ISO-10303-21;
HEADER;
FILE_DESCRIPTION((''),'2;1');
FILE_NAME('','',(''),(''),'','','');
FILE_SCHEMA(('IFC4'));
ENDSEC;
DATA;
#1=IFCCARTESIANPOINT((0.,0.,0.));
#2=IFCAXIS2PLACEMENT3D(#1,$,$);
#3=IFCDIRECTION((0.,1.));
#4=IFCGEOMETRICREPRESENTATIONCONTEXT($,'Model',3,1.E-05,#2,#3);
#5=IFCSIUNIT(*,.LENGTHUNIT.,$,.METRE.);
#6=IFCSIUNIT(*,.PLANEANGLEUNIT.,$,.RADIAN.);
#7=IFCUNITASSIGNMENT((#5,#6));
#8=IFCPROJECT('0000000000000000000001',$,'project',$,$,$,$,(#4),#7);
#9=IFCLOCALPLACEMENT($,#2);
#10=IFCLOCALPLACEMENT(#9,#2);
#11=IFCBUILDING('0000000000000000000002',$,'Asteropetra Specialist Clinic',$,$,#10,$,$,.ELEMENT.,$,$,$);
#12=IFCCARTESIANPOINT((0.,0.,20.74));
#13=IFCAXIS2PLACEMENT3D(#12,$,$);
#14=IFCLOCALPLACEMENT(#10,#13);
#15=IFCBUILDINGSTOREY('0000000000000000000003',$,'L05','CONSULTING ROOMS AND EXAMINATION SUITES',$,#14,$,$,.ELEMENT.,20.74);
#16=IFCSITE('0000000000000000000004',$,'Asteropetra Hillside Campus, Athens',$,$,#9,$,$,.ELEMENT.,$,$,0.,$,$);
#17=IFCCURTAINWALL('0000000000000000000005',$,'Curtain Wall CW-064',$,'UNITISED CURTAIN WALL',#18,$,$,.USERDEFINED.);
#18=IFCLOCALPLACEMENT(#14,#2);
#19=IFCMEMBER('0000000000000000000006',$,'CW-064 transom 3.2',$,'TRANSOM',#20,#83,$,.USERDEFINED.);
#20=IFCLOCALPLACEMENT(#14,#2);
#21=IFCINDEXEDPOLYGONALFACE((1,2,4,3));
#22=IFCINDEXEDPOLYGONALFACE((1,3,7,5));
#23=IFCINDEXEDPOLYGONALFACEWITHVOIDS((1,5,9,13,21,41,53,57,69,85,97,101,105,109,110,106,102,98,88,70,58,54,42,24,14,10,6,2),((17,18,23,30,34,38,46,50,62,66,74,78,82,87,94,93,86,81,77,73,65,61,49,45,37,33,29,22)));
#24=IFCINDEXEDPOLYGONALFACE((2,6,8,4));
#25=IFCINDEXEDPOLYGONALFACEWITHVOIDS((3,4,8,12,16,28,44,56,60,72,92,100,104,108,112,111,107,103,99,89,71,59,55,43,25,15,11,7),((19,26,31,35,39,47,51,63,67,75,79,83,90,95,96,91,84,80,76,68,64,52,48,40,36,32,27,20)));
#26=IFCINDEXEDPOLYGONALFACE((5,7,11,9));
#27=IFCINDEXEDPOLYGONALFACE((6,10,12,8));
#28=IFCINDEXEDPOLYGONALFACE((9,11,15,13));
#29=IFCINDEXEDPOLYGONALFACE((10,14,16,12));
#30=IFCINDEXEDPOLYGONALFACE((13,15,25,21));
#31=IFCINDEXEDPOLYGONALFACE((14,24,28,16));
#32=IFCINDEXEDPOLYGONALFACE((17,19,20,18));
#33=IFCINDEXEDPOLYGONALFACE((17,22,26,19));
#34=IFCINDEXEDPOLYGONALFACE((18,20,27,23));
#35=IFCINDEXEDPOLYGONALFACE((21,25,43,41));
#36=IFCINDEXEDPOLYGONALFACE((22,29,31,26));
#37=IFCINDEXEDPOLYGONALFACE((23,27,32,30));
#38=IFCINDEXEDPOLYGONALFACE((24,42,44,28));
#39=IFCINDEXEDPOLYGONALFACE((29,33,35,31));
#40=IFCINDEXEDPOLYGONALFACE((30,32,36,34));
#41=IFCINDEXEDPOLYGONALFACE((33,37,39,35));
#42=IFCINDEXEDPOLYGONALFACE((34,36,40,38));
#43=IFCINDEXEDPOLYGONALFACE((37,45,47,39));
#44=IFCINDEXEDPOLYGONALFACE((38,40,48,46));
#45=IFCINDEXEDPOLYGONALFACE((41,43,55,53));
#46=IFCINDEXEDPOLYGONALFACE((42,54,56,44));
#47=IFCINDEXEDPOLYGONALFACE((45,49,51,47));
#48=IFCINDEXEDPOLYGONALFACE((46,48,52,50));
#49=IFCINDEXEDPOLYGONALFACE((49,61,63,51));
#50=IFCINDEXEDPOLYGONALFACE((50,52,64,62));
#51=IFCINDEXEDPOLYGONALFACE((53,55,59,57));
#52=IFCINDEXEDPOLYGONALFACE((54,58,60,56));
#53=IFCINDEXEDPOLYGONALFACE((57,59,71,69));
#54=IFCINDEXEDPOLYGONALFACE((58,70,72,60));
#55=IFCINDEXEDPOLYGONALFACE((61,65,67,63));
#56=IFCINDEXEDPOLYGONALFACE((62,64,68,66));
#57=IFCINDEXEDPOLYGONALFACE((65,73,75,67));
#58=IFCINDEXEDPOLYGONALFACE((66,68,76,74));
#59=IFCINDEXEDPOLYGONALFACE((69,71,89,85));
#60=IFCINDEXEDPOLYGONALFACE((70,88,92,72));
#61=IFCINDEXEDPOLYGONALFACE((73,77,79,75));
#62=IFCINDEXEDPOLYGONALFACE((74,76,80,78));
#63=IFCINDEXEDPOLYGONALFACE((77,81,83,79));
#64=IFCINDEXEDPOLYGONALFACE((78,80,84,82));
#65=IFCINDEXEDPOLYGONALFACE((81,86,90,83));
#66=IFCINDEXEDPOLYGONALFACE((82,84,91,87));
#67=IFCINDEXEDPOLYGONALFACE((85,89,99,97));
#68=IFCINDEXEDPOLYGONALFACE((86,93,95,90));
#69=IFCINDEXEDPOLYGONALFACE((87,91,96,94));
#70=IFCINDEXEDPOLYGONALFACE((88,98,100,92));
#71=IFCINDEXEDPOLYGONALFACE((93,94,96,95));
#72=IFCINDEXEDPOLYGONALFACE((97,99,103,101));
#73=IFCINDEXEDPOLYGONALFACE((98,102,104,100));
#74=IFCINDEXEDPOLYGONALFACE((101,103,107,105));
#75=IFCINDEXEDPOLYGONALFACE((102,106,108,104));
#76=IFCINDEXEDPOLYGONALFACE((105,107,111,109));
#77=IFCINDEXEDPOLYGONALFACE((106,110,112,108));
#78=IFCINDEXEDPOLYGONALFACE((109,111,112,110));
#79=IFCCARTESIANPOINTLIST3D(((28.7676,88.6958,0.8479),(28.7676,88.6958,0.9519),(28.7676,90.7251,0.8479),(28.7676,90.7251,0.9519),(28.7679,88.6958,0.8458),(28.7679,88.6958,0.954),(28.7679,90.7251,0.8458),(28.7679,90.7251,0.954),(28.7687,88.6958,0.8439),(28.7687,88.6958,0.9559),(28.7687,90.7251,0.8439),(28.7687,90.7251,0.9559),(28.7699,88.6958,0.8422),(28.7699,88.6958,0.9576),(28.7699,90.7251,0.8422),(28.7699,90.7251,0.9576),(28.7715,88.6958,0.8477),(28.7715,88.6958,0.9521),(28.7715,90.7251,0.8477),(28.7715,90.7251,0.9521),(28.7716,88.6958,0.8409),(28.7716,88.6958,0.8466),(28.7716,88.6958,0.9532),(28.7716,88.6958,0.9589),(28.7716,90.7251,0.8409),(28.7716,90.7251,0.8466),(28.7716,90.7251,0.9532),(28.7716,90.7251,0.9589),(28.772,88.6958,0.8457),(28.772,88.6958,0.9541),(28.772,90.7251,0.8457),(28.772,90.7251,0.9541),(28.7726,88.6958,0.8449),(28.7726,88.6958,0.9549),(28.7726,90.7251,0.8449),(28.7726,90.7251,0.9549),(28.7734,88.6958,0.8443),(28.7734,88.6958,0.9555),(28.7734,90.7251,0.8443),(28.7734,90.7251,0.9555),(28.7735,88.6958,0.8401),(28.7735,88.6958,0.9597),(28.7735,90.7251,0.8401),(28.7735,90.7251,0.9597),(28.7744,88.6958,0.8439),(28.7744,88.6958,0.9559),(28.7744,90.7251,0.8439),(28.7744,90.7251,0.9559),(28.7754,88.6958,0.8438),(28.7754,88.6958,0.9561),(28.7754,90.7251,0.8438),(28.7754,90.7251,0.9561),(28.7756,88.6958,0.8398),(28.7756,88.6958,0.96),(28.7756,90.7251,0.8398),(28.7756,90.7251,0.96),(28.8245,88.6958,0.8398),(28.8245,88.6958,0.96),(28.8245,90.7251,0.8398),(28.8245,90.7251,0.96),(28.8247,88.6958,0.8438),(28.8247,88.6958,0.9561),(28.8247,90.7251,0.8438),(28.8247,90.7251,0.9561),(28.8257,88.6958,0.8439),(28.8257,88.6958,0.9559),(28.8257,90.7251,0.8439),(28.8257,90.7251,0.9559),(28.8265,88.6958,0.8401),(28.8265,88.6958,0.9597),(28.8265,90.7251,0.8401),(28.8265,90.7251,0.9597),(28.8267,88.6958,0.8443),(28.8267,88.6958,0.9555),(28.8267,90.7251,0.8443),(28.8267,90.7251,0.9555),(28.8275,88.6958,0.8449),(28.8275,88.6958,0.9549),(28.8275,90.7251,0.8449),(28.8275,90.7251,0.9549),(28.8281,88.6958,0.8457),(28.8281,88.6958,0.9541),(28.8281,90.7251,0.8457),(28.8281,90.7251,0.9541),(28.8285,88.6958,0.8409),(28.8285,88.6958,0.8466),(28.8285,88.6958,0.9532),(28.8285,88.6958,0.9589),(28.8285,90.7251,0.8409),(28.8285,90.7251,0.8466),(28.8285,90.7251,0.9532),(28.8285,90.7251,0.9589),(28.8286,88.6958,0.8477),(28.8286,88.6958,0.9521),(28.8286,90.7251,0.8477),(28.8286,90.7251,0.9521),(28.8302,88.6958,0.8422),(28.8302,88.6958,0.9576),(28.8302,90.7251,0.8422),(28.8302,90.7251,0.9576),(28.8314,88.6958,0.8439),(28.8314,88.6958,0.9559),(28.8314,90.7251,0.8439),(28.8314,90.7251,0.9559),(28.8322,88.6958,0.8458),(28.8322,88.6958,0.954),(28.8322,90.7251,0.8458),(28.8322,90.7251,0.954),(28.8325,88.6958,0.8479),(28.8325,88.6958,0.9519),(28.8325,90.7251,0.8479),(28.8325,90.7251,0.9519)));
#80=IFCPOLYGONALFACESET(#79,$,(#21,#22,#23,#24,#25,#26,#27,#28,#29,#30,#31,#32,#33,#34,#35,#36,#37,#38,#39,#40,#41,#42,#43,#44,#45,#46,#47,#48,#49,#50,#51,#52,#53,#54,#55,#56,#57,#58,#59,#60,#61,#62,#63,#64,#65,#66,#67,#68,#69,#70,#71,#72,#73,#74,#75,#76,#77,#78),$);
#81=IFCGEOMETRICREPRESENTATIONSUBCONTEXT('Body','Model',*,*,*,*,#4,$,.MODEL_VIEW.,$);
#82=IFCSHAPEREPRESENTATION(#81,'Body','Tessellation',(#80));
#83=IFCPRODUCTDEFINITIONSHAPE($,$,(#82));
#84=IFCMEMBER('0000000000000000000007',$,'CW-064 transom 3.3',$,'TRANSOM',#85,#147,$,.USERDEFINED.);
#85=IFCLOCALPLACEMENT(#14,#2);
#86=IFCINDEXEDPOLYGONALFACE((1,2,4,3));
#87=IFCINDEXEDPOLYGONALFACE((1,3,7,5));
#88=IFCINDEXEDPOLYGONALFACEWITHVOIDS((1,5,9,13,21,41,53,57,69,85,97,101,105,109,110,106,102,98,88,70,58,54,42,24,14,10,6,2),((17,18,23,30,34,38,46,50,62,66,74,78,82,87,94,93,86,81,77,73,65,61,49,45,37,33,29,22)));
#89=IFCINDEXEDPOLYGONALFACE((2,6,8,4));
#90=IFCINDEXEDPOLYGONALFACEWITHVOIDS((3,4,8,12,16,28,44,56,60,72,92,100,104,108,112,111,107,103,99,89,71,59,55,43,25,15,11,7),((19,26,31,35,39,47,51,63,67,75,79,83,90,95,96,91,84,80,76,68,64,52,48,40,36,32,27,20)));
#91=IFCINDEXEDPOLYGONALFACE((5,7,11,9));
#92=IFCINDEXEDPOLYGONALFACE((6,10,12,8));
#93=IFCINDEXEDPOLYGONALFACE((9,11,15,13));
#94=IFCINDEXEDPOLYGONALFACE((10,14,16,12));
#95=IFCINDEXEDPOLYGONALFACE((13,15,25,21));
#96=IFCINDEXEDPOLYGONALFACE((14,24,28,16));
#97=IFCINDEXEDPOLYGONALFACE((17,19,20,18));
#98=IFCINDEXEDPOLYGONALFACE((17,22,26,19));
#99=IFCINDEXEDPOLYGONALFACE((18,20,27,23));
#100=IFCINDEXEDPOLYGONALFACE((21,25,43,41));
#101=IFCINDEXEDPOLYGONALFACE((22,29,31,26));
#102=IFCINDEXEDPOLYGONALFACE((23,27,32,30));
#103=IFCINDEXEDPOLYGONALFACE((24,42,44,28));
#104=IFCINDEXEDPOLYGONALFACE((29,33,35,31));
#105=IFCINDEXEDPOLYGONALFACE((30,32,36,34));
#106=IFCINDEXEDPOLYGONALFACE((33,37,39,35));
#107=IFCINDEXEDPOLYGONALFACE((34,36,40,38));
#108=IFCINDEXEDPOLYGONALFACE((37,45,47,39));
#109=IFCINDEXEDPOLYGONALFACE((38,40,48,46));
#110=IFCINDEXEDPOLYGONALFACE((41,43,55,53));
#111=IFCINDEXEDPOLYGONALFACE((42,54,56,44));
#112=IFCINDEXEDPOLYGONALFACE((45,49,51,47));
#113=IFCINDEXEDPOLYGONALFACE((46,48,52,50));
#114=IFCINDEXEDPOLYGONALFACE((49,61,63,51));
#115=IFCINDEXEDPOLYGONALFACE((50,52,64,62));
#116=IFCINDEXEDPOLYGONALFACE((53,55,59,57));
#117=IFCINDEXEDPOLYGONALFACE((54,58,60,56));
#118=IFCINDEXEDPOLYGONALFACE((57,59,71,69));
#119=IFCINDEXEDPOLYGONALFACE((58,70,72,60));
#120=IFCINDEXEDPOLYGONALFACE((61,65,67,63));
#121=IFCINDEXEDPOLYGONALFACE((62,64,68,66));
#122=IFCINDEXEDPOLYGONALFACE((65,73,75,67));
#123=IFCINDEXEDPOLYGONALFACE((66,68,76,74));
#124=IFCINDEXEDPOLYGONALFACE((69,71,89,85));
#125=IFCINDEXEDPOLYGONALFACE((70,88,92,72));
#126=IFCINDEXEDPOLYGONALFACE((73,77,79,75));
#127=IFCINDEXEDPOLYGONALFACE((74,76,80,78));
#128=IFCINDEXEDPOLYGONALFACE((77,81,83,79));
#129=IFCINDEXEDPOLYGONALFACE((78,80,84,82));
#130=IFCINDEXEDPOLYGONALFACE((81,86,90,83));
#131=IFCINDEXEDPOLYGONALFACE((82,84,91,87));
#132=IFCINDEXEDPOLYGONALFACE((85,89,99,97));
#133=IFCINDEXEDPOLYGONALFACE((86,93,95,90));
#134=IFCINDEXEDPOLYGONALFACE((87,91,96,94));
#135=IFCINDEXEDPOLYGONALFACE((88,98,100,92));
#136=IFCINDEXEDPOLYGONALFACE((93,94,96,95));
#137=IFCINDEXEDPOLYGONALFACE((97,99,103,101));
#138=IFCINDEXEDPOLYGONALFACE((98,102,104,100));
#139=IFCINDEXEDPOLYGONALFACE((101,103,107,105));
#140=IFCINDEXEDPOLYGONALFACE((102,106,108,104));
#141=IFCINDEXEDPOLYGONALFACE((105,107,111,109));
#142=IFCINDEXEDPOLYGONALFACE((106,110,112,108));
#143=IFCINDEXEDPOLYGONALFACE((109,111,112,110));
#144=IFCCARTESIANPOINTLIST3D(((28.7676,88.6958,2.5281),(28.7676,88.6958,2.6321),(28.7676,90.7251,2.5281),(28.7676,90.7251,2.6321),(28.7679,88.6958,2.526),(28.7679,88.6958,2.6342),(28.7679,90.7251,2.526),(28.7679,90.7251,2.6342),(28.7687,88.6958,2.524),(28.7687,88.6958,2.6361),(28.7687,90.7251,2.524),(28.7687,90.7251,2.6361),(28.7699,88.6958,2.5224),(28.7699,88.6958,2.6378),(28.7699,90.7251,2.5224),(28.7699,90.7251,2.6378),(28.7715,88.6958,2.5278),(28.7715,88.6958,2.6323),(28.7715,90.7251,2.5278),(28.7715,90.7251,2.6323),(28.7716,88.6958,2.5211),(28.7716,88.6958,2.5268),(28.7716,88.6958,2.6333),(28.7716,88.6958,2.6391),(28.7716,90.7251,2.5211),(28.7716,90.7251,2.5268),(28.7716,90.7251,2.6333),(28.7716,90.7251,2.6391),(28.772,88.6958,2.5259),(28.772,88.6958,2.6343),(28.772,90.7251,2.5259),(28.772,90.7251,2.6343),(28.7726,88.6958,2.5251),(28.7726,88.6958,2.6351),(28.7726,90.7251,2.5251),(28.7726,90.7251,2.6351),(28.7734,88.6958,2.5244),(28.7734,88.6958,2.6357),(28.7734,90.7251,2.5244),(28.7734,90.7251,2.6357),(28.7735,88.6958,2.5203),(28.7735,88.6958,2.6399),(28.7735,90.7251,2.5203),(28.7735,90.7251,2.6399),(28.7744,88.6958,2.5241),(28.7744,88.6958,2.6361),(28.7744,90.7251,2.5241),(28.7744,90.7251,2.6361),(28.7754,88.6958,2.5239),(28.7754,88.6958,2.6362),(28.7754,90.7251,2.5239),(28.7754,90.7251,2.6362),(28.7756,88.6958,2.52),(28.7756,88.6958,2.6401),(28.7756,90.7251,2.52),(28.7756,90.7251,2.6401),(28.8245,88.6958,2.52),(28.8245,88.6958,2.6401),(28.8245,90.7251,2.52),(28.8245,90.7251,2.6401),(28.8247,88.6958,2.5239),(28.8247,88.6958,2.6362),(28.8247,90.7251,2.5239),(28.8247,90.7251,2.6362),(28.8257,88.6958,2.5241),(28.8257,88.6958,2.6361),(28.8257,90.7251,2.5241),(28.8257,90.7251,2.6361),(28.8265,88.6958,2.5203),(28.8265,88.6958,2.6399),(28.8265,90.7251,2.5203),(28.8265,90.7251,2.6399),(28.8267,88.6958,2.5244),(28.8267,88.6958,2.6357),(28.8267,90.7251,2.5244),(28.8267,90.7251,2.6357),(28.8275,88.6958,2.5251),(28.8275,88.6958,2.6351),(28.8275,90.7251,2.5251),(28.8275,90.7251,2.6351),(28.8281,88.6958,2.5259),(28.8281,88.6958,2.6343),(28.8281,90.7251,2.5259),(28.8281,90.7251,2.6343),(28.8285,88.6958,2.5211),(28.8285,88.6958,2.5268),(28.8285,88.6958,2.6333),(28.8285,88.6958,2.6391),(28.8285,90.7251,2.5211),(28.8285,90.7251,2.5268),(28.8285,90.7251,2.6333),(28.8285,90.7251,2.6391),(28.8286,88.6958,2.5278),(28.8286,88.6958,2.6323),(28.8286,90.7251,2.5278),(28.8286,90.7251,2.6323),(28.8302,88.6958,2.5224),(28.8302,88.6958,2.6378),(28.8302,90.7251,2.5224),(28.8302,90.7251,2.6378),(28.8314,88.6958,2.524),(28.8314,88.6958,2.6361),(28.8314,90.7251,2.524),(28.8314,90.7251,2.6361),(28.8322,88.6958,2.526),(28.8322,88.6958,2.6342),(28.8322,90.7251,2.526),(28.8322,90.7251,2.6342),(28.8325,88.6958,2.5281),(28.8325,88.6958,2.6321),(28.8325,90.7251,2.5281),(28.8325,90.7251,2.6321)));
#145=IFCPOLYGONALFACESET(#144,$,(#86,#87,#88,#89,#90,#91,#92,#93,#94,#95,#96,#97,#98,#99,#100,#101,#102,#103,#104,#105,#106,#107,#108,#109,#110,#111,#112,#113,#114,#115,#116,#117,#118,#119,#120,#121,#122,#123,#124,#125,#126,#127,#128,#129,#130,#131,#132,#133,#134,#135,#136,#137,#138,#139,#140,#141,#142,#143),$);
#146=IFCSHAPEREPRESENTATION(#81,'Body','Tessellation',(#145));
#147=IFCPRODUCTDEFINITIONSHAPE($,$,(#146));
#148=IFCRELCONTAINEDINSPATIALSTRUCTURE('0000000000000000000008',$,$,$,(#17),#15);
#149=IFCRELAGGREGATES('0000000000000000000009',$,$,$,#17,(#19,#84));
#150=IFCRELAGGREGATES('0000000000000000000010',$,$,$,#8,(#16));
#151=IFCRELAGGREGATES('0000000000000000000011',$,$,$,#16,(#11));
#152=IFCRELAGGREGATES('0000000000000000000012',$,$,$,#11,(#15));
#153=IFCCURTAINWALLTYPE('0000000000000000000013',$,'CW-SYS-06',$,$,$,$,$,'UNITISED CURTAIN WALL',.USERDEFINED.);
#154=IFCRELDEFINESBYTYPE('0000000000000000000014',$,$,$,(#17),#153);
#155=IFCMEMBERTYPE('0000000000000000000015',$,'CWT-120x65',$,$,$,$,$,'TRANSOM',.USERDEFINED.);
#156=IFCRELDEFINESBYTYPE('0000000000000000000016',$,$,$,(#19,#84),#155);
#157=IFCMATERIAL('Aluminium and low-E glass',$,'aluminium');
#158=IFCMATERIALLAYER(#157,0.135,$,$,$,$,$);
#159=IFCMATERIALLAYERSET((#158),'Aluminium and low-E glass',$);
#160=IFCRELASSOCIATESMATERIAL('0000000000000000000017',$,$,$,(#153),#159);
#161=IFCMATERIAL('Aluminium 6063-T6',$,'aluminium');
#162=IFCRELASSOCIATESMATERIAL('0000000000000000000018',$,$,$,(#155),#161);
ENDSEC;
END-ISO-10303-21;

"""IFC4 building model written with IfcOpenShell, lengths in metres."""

from ifc_helpers import new_model, si_unit, direction, frame, origin, origin_2d, place, context, subcontext, project, spatial, hollow_rectangle, extrude, material, layer, layer_set, material_profile, profile_set, type_object, element, aggregate, save


model = new_model("IFC4")

# Units and contexts
model_context = context("Model", 3, precision=1e-05, world=origin(), true_north=direction((0.0, 1.0)))
body_context = subcontext(model_context, "Body", "Model", "MODEL_VIEW")
ifc_project = project(units=[si_unit("LENGTHUNIT", "METRE"), si_unit("PLANEANGLEUNIT", "RADIAN")], contexts=[model_context])

# Site, building, storey
site_placement = place(None, origin())
site = spatial("IfcSite", under=ifc_project, at=site_placement, Name="Asteropetra Hillside Campus, Athens", CompositionType="ELEMENT", RefElevation=0.0)
building_placement = place(site_placement, origin())
building = spatial("IfcBuilding", under=site, at=building_placement, Name="Asteropetra Specialist Clinic", CompositionType="ELEMENT")
storey_placement = place(building_placement, frame((0.0, 0.0, 20.74)))
storey = spatial("IfcBuildingStorey", under=building, at=storey_placement, Name="L05", Description="CONSULTING ROOMS AND EXAMINATION SUITES", CompositionType="ELEMENT", Elevation=20.74)

# Curtain wall, members
ifc_material_1 = material(Name="Aluminium and low-E glass", Category="aluminium")
ifc_layer_1 = layer(ifc_material_1, 0.135)
ifc_layer_set_1 = layer_set([ifc_layer_1], Name="Aluminium and low-E glass")
curtain_wall_type = type_object("IfcCurtainWallType", Name="CW-SYS-06", ElementType="UNITISED CURTAIN WALL", PredefinedType="USERDEFINED", material=ifc_layer_set_1)
curtain_wall_placement = place(storey_placement, origin())
curtain_wall = element("IfcCurtainWall", 1, at=curtain_wall_placement, inside=storey, type_object=curtain_wall_type, Name="Curtain Wall CW-064", ObjectType="UNITISED CURTAIN WALL", PredefinedType="USERDEFINED")
ifc_material_2 = material(Name="Aluminium 6063-T6", Category="aluminium")
ifc_material_profile_1 = material_profile(ifc_material_2, hollow_rectangle(XDim=0.0649, YDim=0.1201, WallThickness=0.0039, InnerFilletRadius=0.0039, OuterFilletRadius=0.0081, at=origin_2d()), Name="TRN 120x65x4.0")
ifc_profile_set_1 = profile_set([ifc_material_profile_1], Name="Aluminium 6063-T6")
member_type_1 = type_object("IfcMemberType", Name="CWT-120x65", ElementType="TRANSOM", PredefinedType="USERDEFINED", material=ifc_profile_set_1)
member_1_placement = place(storey_placement, frame((28.8, 88.6958, 0.8999), z_axis=(0.0, 1.0, 0.0), x_axis=(-1.0, 0.0, 0.0)))
member_1 = element("IfcMember", 2, at=member_1_placement, type_object=member_type_1, Name="CW-064 transom 3.2", ObjectType="TRANSOM", PredefinedType="USERDEFINED", context=body_context, shape_type="SweptSolid", body=[
    extrude(hollow_rectangle(XDim=0.0649, YDim=0.1201, WallThickness=0.0039, InnerFilletRadius=0.0039, OuterFilletRadius=0.0081, at=origin_2d()), origin(), (0.0, 0.0, 1.0), 2.0293),
])
member_2_placement = place(storey_placement, frame((28.8, 88.6958, 2.5801), z_axis=(0.0, 1.0, 0.0), x_axis=(-1.0, 0.0, 0.0)))
member_2 = element("IfcMember", 3, at=member_2_placement, type_object=member_type_1, Name="CW-064 transom 3.3", ObjectType="TRANSOM", PredefinedType="USERDEFINED", context=body_context, shape_type="SweptSolid", body=[
    extrude(hollow_rectangle(XDim=0.0649, YDim=0.1201, WallThickness=0.0039, InnerFilletRadius=0.0039, OuterFilletRadius=0.0081, at=origin_2d()), origin(), (0.0, 0.0, 1.0), 2.0293),
])
aggregate(curtain_wall, [member_1, member_2])

save(model, "model.ifc")
